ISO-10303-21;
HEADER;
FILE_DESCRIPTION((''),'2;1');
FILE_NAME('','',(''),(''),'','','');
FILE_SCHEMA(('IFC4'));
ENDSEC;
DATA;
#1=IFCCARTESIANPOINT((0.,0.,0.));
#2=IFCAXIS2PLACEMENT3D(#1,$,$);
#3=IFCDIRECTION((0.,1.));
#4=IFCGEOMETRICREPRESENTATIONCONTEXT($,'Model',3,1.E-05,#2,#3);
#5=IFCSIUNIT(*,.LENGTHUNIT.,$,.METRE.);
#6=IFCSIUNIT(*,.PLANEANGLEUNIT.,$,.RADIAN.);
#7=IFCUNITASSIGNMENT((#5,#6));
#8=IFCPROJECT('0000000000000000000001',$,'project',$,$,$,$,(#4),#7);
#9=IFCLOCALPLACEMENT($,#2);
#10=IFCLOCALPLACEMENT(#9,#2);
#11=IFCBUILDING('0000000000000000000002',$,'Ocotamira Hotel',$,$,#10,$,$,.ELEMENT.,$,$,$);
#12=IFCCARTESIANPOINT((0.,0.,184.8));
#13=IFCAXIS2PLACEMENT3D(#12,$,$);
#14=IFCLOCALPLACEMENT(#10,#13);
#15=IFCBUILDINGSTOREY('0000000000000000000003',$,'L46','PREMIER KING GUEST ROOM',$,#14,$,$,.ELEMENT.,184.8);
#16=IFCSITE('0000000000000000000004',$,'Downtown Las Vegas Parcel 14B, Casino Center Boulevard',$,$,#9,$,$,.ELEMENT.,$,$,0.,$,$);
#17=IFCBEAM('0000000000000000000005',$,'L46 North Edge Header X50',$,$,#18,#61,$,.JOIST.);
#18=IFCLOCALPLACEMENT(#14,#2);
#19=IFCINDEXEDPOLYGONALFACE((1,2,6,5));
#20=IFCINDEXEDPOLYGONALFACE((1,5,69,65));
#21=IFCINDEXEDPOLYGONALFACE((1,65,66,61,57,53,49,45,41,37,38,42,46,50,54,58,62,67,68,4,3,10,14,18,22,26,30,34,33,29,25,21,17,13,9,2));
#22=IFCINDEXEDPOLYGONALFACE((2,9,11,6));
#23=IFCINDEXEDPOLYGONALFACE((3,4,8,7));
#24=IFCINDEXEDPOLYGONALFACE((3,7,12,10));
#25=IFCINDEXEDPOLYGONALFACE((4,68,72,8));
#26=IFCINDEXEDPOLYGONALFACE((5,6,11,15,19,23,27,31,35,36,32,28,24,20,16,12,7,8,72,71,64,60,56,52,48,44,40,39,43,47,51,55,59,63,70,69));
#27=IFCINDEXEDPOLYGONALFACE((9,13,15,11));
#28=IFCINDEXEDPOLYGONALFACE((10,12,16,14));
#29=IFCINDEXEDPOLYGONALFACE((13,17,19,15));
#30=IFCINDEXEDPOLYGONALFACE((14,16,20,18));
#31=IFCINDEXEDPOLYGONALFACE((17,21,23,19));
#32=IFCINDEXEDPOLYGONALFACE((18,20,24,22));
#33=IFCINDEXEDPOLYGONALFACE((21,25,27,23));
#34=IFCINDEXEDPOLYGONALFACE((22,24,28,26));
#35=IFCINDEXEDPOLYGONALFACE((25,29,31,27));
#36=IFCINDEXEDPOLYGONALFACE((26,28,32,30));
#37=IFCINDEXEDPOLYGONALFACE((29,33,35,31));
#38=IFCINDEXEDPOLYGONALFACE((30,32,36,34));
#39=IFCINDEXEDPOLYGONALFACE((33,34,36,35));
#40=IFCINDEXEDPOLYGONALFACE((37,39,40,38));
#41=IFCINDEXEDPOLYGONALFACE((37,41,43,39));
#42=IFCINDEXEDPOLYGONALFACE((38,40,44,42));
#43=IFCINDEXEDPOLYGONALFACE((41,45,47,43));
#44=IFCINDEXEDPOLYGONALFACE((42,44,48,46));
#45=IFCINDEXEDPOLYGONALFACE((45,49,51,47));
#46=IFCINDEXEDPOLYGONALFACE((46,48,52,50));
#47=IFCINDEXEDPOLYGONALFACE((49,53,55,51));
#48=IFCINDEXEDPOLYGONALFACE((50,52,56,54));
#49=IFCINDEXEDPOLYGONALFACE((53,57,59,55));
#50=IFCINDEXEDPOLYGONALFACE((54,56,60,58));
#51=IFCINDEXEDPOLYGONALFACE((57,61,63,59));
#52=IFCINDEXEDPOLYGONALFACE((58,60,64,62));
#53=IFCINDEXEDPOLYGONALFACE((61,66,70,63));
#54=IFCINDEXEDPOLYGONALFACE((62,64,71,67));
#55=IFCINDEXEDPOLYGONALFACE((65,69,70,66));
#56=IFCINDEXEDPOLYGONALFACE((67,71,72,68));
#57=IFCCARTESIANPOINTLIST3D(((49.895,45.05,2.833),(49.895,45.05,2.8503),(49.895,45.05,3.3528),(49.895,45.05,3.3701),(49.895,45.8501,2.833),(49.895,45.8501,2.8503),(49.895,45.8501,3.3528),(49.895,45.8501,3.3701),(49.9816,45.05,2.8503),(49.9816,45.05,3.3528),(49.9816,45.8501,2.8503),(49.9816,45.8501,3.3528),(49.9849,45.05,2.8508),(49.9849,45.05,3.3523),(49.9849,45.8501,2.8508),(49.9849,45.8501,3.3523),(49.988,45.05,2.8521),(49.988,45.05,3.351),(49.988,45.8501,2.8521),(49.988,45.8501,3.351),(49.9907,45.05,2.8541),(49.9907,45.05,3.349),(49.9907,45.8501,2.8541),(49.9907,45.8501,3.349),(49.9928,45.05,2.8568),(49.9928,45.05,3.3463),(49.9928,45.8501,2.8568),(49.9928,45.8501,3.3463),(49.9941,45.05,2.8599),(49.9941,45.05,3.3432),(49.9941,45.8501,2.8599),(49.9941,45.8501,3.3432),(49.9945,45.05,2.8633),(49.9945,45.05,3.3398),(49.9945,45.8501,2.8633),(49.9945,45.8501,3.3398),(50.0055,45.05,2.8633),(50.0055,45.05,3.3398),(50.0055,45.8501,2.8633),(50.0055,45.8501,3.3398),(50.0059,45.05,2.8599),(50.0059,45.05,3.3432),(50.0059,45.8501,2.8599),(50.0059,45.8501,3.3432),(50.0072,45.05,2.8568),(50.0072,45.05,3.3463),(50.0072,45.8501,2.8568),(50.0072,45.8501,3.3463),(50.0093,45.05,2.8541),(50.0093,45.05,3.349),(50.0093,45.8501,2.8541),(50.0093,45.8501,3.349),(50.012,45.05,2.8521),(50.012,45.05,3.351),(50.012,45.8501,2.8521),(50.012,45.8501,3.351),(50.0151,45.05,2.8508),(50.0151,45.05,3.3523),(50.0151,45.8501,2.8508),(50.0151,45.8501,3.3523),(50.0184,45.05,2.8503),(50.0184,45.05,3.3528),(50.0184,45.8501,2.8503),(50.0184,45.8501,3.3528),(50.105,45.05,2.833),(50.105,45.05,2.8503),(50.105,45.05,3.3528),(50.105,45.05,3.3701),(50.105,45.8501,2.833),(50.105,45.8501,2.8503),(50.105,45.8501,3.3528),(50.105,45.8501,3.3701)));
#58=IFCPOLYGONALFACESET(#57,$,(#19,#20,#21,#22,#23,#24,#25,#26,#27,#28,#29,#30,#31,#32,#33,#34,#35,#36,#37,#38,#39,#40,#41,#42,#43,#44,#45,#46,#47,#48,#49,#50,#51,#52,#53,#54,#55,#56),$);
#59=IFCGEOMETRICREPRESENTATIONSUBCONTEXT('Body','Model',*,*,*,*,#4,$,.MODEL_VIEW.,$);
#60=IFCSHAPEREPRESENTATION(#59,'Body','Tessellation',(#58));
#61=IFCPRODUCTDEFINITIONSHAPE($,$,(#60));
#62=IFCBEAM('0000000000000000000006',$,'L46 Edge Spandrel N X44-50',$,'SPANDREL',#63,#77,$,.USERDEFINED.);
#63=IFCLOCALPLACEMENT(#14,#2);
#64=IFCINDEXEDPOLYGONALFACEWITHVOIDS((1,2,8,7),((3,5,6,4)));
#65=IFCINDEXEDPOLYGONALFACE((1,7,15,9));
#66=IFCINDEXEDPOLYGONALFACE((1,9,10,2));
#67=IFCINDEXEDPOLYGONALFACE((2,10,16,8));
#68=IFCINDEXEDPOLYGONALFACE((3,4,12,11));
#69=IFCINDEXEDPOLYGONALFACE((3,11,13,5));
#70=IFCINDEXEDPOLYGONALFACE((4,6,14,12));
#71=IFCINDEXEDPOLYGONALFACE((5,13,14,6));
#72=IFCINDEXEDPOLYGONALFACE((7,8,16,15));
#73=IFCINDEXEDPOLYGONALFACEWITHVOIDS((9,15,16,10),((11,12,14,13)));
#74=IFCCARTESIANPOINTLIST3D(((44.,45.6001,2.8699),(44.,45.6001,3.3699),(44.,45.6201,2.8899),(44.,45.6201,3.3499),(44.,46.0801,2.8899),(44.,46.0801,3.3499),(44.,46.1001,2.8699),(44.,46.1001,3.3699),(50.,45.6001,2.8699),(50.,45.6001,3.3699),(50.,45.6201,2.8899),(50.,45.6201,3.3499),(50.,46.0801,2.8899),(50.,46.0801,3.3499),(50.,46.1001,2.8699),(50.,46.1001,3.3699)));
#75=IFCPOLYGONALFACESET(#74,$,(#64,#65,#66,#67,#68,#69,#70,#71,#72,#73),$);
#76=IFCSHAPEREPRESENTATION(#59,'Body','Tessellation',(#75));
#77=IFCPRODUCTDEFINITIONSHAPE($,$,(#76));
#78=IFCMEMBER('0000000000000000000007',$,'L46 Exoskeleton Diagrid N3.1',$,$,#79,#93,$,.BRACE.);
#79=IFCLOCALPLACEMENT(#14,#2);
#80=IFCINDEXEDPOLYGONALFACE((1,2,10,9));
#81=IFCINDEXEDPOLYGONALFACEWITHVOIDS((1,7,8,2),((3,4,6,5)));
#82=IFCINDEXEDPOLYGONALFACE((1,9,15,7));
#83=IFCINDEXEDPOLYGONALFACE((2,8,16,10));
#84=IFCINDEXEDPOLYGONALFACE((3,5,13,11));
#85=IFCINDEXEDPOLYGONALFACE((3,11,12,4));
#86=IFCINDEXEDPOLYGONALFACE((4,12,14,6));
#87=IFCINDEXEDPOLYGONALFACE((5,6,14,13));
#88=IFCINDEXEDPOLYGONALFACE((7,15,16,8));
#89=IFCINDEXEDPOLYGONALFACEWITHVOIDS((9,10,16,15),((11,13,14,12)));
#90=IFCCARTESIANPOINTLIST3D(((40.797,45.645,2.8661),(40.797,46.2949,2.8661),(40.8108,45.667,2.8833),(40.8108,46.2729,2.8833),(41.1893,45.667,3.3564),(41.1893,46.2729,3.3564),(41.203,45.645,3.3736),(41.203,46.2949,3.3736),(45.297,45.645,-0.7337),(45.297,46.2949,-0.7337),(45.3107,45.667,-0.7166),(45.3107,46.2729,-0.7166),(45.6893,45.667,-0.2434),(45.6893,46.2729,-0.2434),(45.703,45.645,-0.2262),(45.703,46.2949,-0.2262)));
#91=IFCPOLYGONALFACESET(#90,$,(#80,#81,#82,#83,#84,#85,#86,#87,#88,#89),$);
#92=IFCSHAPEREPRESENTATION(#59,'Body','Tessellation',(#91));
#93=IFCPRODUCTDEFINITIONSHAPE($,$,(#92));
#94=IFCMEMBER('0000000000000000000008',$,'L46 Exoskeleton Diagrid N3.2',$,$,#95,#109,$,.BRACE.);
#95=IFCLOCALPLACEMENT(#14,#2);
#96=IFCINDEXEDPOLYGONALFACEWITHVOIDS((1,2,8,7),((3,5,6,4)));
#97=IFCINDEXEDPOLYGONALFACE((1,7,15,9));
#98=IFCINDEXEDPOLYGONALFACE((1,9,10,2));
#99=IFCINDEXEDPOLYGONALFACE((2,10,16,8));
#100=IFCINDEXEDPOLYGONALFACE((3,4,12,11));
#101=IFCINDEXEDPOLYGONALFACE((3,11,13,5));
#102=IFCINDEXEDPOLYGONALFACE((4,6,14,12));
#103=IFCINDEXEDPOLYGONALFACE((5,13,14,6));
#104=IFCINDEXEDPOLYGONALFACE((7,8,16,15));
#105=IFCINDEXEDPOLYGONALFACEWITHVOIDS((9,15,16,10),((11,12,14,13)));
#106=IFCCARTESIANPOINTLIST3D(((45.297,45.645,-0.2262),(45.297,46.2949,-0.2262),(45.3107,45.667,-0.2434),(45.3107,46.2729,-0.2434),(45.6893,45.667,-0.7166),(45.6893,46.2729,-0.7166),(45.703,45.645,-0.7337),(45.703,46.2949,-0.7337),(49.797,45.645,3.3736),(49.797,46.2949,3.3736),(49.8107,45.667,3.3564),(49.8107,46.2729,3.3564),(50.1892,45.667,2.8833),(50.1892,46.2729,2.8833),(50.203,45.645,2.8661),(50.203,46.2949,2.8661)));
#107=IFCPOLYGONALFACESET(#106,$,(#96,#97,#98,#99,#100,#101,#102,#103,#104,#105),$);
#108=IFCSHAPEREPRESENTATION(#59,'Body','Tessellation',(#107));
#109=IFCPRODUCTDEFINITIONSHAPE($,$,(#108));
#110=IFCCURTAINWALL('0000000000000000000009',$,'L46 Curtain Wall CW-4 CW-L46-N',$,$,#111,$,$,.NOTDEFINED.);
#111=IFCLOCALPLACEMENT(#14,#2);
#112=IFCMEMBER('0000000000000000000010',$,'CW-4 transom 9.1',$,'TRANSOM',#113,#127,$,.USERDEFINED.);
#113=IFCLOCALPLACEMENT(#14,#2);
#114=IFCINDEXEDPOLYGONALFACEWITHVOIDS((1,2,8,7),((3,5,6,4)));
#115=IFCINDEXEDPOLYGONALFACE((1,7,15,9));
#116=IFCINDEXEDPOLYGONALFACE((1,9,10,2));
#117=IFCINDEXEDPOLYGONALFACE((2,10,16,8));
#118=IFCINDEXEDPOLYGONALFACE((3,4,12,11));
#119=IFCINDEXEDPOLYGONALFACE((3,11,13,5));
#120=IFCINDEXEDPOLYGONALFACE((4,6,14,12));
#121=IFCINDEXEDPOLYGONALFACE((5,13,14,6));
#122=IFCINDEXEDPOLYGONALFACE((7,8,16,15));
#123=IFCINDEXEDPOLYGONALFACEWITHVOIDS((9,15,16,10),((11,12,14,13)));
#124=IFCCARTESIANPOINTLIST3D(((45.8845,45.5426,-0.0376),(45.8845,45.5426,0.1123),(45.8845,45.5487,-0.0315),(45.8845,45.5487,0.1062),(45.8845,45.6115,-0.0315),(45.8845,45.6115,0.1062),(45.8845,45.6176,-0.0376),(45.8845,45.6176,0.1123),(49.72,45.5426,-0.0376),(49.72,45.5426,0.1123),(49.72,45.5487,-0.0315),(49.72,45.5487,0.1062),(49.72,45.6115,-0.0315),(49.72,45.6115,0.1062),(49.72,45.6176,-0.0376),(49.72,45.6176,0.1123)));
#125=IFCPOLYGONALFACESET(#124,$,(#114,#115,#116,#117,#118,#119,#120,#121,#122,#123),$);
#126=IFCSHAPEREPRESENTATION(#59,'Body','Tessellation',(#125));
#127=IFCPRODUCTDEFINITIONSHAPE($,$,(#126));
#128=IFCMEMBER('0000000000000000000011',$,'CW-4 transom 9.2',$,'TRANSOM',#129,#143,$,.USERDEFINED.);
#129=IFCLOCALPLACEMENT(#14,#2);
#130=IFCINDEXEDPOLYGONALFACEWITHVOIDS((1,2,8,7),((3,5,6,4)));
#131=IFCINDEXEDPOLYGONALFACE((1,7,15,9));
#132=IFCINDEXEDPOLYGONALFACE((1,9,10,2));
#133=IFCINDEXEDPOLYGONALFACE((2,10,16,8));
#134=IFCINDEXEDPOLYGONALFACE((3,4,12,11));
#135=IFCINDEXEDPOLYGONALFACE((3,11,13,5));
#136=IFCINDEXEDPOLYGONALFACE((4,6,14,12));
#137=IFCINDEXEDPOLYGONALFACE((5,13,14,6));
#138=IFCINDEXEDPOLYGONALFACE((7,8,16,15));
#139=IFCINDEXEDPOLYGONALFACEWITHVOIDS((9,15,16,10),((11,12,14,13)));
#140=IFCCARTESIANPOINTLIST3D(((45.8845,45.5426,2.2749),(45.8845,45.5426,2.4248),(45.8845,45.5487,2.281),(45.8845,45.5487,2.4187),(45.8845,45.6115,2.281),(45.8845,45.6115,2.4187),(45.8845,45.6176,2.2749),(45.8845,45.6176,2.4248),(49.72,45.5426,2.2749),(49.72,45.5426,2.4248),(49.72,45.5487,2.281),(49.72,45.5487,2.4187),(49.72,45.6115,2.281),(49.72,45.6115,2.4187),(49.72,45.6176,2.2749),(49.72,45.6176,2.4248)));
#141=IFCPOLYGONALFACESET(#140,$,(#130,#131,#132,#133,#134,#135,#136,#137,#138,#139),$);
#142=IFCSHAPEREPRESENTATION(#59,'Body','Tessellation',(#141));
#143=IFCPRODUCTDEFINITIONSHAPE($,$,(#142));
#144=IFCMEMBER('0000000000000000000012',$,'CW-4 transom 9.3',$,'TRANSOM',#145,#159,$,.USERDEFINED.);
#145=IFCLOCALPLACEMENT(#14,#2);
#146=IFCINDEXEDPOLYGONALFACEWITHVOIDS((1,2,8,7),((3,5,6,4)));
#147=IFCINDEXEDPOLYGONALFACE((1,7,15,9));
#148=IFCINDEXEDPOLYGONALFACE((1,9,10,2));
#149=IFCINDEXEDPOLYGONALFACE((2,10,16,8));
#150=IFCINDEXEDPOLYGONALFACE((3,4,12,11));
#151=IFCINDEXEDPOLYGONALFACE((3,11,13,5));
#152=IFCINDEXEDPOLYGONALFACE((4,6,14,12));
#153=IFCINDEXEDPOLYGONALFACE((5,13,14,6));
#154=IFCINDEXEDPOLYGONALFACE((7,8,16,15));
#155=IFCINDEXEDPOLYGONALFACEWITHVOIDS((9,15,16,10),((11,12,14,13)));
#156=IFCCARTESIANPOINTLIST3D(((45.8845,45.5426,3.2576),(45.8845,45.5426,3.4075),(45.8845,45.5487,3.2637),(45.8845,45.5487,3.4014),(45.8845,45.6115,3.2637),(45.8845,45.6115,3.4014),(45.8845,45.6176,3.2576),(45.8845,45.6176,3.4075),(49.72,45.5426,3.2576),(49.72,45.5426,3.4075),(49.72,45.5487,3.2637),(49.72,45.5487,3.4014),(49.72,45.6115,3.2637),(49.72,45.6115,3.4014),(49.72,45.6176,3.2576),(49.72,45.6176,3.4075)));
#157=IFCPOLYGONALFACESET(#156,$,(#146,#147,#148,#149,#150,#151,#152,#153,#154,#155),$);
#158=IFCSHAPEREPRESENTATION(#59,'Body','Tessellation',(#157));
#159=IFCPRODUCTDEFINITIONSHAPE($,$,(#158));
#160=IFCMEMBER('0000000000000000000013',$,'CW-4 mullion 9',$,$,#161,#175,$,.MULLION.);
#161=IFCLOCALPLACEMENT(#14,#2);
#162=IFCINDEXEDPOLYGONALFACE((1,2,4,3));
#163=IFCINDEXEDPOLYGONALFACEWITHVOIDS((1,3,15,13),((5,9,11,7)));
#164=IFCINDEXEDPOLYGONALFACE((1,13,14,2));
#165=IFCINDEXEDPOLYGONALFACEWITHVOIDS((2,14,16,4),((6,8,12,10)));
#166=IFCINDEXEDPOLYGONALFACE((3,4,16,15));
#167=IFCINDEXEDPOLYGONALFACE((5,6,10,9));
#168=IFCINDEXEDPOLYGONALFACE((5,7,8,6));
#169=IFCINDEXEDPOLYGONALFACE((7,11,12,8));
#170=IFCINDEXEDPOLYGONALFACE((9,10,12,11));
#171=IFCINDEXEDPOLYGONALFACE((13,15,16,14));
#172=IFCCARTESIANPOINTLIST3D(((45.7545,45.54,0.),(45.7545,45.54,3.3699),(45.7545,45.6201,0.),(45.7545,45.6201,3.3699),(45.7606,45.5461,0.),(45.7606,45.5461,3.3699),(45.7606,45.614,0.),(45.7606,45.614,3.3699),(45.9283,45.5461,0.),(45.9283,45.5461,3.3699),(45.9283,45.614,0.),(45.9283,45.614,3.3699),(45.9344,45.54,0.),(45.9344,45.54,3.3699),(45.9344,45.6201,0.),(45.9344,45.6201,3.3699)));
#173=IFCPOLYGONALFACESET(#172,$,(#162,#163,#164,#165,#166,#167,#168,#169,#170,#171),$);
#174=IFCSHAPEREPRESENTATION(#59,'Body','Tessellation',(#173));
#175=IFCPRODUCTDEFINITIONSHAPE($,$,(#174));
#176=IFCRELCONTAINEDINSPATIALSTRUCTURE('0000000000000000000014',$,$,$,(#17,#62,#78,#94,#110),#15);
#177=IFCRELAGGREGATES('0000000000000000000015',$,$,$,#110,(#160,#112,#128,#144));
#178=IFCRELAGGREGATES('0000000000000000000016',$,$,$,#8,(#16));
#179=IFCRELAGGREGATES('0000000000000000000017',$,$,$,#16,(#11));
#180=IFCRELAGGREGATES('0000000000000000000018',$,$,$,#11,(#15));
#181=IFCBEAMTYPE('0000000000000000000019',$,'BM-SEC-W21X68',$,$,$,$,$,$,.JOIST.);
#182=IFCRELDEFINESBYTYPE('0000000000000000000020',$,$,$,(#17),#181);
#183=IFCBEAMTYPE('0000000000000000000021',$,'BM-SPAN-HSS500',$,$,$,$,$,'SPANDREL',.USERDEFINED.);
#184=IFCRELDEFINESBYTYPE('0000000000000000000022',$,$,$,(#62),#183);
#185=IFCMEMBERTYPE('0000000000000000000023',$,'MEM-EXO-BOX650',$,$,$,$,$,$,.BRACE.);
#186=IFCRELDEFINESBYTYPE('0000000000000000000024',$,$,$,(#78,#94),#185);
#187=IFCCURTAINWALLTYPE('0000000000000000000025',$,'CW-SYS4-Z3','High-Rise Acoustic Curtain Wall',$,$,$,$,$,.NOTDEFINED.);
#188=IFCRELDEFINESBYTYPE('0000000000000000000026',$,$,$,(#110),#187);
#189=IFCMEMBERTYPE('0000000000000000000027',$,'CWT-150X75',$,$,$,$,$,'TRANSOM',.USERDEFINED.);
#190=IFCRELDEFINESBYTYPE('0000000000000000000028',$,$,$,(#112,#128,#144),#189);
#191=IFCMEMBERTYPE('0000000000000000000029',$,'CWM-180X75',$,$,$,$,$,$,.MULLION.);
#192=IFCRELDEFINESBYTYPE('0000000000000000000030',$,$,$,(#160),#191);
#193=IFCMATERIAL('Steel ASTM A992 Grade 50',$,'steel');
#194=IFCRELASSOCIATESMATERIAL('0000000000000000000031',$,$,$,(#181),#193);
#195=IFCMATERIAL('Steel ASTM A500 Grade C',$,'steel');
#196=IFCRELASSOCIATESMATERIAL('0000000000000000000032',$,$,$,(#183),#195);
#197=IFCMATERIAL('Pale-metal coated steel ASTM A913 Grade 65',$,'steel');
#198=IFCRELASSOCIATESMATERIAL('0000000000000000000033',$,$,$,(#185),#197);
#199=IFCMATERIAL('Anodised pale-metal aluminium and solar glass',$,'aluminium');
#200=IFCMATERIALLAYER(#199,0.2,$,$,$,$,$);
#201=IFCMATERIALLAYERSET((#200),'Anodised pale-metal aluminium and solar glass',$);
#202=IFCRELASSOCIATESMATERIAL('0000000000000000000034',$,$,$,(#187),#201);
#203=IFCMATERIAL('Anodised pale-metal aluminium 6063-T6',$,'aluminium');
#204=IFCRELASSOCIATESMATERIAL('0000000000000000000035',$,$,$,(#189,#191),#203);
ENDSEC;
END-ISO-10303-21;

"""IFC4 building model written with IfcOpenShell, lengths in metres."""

from ifc_helpers import new_model, si_unit, direction, frame, origin, origin_2d, place, context, subcontext, project, spatial, hollow_rectangle, i_section, extrude, source, transform, mapped, material, layer, layer_set, material_profile, profile_set, type_object, element, aggregate, save


model = new_model("IFC4")

# Units and contexts
model_context = context("Model", 3, precision=1e-05, world=origin(), true_north=direction((0.0, 1.0)))
body_context = subcontext(model_context, "Body", "Model", "MODEL_VIEW")
ifc_project = project(units=[si_unit("LENGTHUNIT", "METRE"), si_unit("PLANEANGLEUNIT", "RADIAN")], contexts=[model_context])

# Site, building, storey
site_placement = place(None, origin())
site = spatial("IfcSite", under=ifc_project, at=site_placement, Name="Downtown Las Vegas Parcel 14B, Casino Center Boulevard", CompositionType="ELEMENT", RefElevation=0.0)
building_placement = place(site_placement, origin())
building = spatial("IfcBuilding", under=site, at=building_placement, Name="Ocotamira Hotel", CompositionType="ELEMENT")
storey_placement = place(building_placement, frame((0.0, 0.0, 184.8)))
storey = spatial("IfcBuildingStorey", under=building, at=storey_placement, Name="L46", Description="PREMIER KING GUEST ROOM", CompositionType="ELEMENT", Elevation=184.8)

# Beams
ifc_material_1 = material(Name="Steel ASTM A992 Grade 50", Category="steel")
ifc_material_profile_1 = material_profile(ifc_material_1, i_section(OverallWidth=0.21, OverallDepth=0.5371, WebThickness=0.011, FlangeThickness=0.0173, FilletRadius=0.0129, at=origin_2d()), Name="W21X68")
ifc_profile_set_1 = profile_set([ifc_material_profile_1], Name="Steel ASTM A992 Grade 50")
beam_type_1 = type_object("IfcBeamType", Name="BM-SEC-W21X68", PredefinedType="JOIST", material=ifc_profile_set_1)
shared_shape_1 = source(origin(), body_context, "Body", "SweptSolid", [
    extrude(i_section(OverallWidth=0.21, OverallDepth=0.5371, WebThickness=0.011, FlangeThickness=0.0173, FilletRadius=0.0129, at=origin_2d()), origin(), (0.0, 0.0, 1.0), 0.8),
])
for number, where, z_axis, x_axis, name in (
    (1, (50.0, 45.05, 3.1016), (0.0, 1.0, 0.0), (-1.0, 0.0, 0.0), "L46 North Edge Header X50"),
):
    element("IfcBeam", number, at=place(storey_placement, frame(where, z_axis=z_axis, x_axis=x_axis)), inside=storey, type_object=beam_type_1, Name=name, PredefinedType="JOIST", context=body_context, shape_type="MappedRepresentation", body=[
        mapped(shared_shape_1, transform((0.0, 0.0, 0.0), scale=1.0)),
    ])
ifc_material_2 = material(Name="Steel ASTM A500 Grade C", Category="steel")
ifc_material_profile_2 = material_profile(ifc_material_2, hollow_rectangle(XDim=0.5, YDim=0.5, WallThickness=0.02, at=origin_2d()), Name="HSS500X500X20")
ifc_profile_set_2 = profile_set([ifc_material_profile_2], Name="Steel ASTM A500 Grade C")
beam_type_2 = type_object("IfcBeamType", Name="BM-SPAN-HSS500", ElementType="SPANDREL", PredefinedType="USERDEFINED", material=ifc_profile_set_2)
shared_shape_2 = source(origin(), body_context, "Body", "SweptSolid", [
    extrude(hollow_rectangle(XDim=0.5, YDim=0.5, WallThickness=0.02, at=origin_2d()), origin(), (0.0, 0.0, 1.0), 6.0),
])
beam_1_placement = place(storey_placement, frame((44.0, 45.8501, 3.1199), z_axis=(1.0, 0.0, 0.0), x_axis=(0.0, 1.0, 0.0)))
element("IfcBeam", 2, at=beam_1_placement, inside=storey, type_object=beam_type_2, Name="L46 Edge Spandrel N X44-50", ObjectType="SPANDREL", PredefinedType="USERDEFINED", context=body_context, shape_type="MappedRepresentation", body=[
    mapped(shared_shape_2, transform((0.0, 0.0, 0.0), scale=1.0)),
])

# Members
ifc_material_3 = material(Name="Pale-metal coated steel ASTM A913 Grade 65", Category="steel")
ifc_material_profile_3 = material_profile(ifc_material_3, hollow_rectangle(XDim=0.6499, YDim=0.6499, WallThickness=0.022, at=origin_2d()), Name="BOX650X650X22")
ifc_profile_set_3 = profile_set([ifc_material_profile_3], Name="Pale-metal coated steel ASTM A913 Grade 65")
member_type_1 = type_object("IfcMemberType", Name="MEM-EXO-BOX650", PredefinedType="BRACE", material=ifc_profile_set_3)
shared_shape_3 = source(origin(), body_context, "Body", "SweptSolid", [
    extrude(hollow_rectangle(XDim=0.6499, YDim=0.6499, WallThickness=0.022, at=origin_2d()), origin(), (0.0, 0.0, 1.0), 5.7627),
])
for number, where, z_axis, x_axis, name in (
    (3, (45.5, 45.97, -0.48), (-0.780881, 0.0, 0.62468), (0.0, -1.0, 0.0), "L46 Exoskeleton Diagrid N3.1"),
    (4, (45.5, 45.97, -0.48), (0.780881, 0.0, 0.62468), (0.0, 1.0, 0.0), "L46 Exoskeleton Diagrid N3.2"),
):
    element("IfcMember", number, at=place(storey_placement, frame(where, z_axis=z_axis, x_axis=x_axis)), inside=storey, type_object=member_type_1, Name=name, PredefinedType="BRACE", context=body_context, shape_type="MappedRepresentation", body=[
        mapped(shared_shape_3, transform((0.0, 0.0, 0.0), scale=1.0)),
    ])

# Curtain wall, members
ifc_material_4 = material(Name="Anodised pale-metal aluminium and solar glass", Category="aluminium")
ifc_layer_1 = layer(ifc_material_4, 0.2)
ifc_layer_set_1 = layer_set([ifc_layer_1], Name="Anodised pale-metal aluminium and solar glass")
curtain_wall_type = type_object("IfcCurtainWallType", Name="CW-SYS4-Z3", Description="High-Rise Acoustic Curtain Wall", PredefinedType="NOTDEFINED", material=ifc_layer_set_1)
curtain_wall_1_placement = place(storey_placement, origin())
curtain_wall_1 = element("IfcCurtainWall", 5, at=curtain_wall_1_placement, inside=storey, type_object=curtain_wall_type, Name="L46 Curtain Wall CW-4 CW-L46-N", PredefinedType="NOTDEFINED")
ifc_material_5 = material(Name="Anodised pale-metal aluminium 6063-T6", Category="aluminium")
ifc_material_profile_4 = material_profile(ifc_material_5, hollow_rectangle(XDim=0.075, YDim=0.1499, WallThickness=0.0061, at=origin_2d()), Name="HSS150X75X6")
ifc_profile_set_4 = profile_set([ifc_material_profile_4], Name="Anodised pale-metal aluminium 6063-T6")
member_type_2 = type_object("IfcMemberType", Name="CWT-150X75", ElementType="TRANSOM", PredefinedType="USERDEFINED", material=ifc_profile_set_4)
shared_shape_4 = source(origin(), body_context, "Body", "SweptSolid", [
    extrude(hollow_rectangle(XDim=0.075, YDim=0.1499, WallThickness=0.0061, at=origin_2d()), origin(), (0.0, 0.0, 1.0), 3.8354),
])
member_1_placement = place(storey_placement, frame((45.8845, 45.5801, 0.0374), z_axis=(1.0, 0.0, 0.0), x_axis=(0.0, 1.0, 0.0)))
member_1 = element("IfcMember", 6, at=member_1_placement, type_object=member_type_2, Name="CW-4 transom 9.1", ObjectType="TRANSOM", PredefinedType="USERDEFINED", context=body_context, shape_type="MappedRepresentation", body=[
    mapped(shared_shape_4, transform((0.0, 0.0, 0.0), scale=1.0)),
])
member_2_placement = place(storey_placement, frame((45.8845, 45.5801, 2.3499), z_axis=(1.0, 0.0, 0.0), x_axis=(0.0, 1.0, 0.0)))
member_2 = element("IfcMember", 7, at=member_2_placement, type_object=member_type_2, Name="CW-4 transom 9.2", ObjectType="TRANSOM", PredefinedType="USERDEFINED", context=body_context, shape_type="MappedRepresentation", body=[
    mapped(shared_shape_4, transform((0.0, 0.0, 0.0), scale=1.0)),
])
member_3_placement = place(storey_placement, frame((45.8845, 45.5801, 3.3325), z_axis=(1.0, 0.0, 0.0), x_axis=(0.0, 1.0, 0.0)))
member_3 = element("IfcMember", 8, at=member_3_placement, type_object=member_type_2, Name="CW-4 transom 9.3", ObjectType="TRANSOM", PredefinedType="USERDEFINED", context=body_context, shape_type="MappedRepresentation", body=[
    mapped(shared_shape_4, transform((0.0, 0.0, 0.0), scale=1.0)),
])
ifc_material_profile_5 = material_profile(ifc_material_5, hollow_rectangle(XDim=0.0801, YDim=0.1799, WallThickness=0.0061, at=origin_2d()), Name="HSS180X80X6")
ifc_profile_set_5 = profile_set([ifc_material_profile_5], Name="Anodised pale-metal aluminium 6063-T6")
member_type_3 = type_object("IfcMemberType", Name="CWM-180X75", PredefinedType="MULLION", material=ifc_profile_set_5)
shared_shape_5 = source(origin(), body_context, "Body", "SweptSolid", [
    extrude(hollow_rectangle(XDim=0.0801, YDim=0.1799, WallThickness=0.0061, at=origin_2d()), origin(), (0.0, 0.0, 1.0), 3.3699),
])
member_4_placement = place(storey_placement, frame((45.8445, 45.5801, 0.0), z_axis=(0.0, 0.0, 1.0), x_axis=(0.0, 1.0, 0.0)))
member_4 = element("IfcMember", 9, at=member_4_placement, type_object=member_type_3, Name="CW-4 mullion 9", PredefinedType="MULLION", context=body_context, shape_type="MappedRepresentation", body=[
    mapped(shared_shape_5, transform((0.0, 0.0, 0.0), scale=1.0)),
])

aggregate(curtain_wall_1, [member_4, member_1, member_2, member_3])

save(model, "model.ifc")
